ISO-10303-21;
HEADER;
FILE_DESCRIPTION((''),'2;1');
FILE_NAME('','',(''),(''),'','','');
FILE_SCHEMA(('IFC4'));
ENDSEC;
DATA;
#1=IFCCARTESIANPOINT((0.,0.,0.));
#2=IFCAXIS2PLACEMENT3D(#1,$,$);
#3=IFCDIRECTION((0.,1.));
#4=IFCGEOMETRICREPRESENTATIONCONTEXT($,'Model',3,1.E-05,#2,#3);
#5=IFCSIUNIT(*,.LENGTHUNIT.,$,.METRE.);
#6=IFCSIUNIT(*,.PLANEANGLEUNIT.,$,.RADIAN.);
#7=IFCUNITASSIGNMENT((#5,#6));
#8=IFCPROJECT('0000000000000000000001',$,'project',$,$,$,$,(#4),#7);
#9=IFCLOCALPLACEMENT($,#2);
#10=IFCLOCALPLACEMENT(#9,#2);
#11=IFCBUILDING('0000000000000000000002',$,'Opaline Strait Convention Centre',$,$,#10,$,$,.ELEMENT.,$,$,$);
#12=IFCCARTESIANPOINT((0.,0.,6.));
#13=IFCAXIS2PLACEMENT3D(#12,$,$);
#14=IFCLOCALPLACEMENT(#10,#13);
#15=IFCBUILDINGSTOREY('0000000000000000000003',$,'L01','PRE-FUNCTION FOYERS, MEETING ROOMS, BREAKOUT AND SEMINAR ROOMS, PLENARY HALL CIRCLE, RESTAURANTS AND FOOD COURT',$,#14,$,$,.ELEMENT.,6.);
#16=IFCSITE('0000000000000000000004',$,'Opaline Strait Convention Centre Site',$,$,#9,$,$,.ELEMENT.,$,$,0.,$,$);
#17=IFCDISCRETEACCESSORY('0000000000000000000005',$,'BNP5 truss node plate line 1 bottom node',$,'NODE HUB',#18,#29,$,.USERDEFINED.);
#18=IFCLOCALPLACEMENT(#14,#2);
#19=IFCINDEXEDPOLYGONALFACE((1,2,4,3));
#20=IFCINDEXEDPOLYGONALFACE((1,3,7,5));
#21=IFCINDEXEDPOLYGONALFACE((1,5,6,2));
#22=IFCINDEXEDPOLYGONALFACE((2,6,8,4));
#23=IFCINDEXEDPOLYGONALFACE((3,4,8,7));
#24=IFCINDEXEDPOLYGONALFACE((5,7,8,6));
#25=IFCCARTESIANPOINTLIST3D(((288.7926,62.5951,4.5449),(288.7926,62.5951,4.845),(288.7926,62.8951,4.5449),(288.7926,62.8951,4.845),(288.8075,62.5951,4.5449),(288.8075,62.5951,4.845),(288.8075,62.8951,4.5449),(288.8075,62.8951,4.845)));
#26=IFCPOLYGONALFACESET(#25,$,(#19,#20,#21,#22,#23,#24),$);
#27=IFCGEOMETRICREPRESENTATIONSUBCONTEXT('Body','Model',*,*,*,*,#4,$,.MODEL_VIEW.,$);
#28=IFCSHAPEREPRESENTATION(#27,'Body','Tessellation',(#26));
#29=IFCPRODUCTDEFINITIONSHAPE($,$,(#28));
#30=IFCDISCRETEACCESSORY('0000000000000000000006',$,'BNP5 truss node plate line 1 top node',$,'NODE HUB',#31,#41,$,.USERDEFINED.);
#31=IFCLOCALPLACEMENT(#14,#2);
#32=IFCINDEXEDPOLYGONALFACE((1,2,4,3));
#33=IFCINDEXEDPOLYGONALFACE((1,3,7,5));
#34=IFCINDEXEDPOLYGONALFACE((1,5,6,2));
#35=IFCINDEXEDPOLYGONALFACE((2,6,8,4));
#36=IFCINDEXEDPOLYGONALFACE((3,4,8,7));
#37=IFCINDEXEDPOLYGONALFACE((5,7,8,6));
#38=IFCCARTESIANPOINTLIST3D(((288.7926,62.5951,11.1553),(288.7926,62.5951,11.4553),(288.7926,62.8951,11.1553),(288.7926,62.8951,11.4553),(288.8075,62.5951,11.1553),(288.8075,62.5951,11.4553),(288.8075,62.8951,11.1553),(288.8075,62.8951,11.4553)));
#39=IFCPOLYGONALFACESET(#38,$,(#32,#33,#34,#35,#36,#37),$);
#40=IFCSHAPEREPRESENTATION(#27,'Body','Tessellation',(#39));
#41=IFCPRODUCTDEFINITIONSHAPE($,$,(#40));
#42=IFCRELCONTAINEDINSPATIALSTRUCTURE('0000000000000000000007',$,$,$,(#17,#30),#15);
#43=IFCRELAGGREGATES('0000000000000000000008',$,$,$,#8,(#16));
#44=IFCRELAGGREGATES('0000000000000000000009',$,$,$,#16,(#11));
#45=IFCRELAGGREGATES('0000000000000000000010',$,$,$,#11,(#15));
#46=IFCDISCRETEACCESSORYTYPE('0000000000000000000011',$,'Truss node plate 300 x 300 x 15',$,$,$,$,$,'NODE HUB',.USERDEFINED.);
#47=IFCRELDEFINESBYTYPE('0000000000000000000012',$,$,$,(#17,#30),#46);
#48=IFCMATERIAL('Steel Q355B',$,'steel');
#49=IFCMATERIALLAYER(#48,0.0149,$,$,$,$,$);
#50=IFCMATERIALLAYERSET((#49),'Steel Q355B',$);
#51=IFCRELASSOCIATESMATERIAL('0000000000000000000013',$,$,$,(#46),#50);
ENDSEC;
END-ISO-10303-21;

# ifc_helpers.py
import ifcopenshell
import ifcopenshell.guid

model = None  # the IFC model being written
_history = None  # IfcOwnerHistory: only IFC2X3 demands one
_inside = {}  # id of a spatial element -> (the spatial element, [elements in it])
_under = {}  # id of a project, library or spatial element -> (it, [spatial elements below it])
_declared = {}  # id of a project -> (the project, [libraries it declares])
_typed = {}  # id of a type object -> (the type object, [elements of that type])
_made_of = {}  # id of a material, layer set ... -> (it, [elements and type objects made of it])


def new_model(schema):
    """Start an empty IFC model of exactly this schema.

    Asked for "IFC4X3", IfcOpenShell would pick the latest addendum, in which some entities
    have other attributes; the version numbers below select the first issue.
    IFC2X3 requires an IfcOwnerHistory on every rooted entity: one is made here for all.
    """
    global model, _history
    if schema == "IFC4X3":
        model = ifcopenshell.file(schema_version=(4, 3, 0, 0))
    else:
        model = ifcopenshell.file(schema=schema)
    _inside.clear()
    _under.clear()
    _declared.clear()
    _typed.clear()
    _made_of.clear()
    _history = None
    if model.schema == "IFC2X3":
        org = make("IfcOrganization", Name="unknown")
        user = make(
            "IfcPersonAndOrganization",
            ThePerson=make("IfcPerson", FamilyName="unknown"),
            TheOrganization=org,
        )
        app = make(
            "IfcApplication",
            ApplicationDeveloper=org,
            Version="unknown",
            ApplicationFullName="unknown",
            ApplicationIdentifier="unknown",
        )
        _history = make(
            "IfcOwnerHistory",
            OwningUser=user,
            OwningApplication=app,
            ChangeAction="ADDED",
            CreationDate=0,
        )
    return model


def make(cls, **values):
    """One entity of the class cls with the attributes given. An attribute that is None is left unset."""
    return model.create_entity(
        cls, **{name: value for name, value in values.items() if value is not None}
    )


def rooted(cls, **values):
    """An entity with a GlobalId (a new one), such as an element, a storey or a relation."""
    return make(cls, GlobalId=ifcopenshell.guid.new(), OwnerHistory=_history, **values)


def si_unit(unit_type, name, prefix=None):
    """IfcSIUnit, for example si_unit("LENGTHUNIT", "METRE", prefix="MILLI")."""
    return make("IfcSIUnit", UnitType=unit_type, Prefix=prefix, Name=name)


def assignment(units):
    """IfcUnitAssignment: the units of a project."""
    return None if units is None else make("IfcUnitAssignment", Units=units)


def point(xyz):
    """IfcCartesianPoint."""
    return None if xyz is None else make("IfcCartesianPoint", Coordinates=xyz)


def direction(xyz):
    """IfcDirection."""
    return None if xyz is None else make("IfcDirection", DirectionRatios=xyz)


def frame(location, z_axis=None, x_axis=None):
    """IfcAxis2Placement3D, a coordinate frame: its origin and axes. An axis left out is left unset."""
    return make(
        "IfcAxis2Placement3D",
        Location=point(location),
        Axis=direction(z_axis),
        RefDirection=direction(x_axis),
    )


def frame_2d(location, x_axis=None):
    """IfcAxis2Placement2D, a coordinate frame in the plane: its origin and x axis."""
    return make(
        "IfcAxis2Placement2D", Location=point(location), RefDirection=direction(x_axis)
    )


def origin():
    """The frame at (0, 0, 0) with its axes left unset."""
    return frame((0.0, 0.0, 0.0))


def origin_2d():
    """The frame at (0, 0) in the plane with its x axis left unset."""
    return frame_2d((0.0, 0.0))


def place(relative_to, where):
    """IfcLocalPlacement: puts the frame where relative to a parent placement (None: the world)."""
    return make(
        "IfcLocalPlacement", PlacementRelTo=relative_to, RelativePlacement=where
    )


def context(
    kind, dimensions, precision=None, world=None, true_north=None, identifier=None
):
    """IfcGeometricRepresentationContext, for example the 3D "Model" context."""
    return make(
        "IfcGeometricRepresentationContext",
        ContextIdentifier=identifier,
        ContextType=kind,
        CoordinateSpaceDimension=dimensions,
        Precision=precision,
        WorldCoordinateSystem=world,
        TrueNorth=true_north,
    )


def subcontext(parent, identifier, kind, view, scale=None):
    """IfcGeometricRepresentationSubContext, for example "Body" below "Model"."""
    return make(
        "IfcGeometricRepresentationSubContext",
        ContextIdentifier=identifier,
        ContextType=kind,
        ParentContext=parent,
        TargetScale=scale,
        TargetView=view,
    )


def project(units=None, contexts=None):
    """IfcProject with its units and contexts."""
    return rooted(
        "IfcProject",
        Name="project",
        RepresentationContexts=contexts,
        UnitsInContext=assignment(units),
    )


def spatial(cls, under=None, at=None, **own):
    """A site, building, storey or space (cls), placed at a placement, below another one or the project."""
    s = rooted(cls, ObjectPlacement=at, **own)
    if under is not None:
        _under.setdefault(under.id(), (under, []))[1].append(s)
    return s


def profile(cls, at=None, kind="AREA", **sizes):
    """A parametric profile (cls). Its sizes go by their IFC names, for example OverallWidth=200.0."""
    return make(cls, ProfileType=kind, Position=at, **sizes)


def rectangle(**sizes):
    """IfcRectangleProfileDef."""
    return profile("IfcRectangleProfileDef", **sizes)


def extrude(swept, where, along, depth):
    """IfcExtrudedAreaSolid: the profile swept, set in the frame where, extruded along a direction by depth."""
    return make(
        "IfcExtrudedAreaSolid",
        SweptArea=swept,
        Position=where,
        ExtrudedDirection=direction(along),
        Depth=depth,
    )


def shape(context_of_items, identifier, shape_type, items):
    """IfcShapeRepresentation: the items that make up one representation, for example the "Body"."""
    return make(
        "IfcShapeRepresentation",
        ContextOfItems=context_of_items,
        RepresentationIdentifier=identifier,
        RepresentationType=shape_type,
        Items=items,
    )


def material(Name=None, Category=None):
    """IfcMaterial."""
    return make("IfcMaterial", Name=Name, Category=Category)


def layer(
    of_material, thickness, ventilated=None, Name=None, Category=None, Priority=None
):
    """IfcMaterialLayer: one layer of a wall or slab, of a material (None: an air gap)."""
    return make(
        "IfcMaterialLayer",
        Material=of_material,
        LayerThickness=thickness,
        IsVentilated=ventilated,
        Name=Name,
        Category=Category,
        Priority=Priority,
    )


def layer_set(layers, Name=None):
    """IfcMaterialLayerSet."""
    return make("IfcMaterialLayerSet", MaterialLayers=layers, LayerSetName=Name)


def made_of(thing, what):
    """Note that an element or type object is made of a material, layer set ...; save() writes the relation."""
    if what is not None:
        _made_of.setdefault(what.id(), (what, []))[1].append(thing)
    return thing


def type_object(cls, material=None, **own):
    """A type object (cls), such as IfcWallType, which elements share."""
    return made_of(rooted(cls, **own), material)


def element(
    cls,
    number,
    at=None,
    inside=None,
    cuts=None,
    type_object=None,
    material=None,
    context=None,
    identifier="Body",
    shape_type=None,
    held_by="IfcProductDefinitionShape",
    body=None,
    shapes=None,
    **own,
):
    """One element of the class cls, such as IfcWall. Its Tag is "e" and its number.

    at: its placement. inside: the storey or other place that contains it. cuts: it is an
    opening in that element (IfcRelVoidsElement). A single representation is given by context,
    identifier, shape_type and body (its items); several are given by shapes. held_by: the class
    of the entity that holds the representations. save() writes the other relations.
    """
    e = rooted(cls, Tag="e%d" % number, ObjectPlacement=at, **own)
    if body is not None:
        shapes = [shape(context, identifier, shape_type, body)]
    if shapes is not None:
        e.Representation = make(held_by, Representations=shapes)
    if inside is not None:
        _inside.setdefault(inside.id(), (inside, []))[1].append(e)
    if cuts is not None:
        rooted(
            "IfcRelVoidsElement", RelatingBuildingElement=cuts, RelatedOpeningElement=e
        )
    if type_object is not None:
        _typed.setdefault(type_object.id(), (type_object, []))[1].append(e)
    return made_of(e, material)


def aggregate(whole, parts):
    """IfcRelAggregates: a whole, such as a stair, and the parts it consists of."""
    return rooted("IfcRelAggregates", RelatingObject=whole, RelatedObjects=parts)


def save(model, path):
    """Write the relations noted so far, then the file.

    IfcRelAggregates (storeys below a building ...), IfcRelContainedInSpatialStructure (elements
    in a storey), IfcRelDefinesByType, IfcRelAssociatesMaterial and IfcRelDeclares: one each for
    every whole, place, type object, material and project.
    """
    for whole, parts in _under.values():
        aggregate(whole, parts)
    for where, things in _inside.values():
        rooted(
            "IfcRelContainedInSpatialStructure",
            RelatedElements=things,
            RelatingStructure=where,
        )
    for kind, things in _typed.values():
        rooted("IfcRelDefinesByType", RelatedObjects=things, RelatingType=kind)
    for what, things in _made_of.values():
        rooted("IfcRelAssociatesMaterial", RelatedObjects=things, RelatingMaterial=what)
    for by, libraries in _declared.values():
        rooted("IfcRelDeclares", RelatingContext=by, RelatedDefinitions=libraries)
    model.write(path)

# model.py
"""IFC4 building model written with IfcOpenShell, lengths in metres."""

from ifc_helpers import new_model, si_unit, direction, frame, origin, origin_2d, place, context, subcontext, project, spatial, rectangle, extrude, material, layer, layer_set, type_object, element, save


model = new_model("IFC4")

# Units and contexts
model_context = context("Model", 3, precision=1e-05, world=origin(), true_north=direction((0.0, 1.0)))
body_context = subcontext(model_context, "Body", "Model", "MODEL_VIEW")
ifc_project = project(units=[si_unit("LENGTHUNIT", "METRE"), si_unit("PLANEANGLEUNIT", "RADIAN")], contexts=[model_context])

# Site, building, storey
site_placement = place(None, origin())
site = spatial("IfcSite", under=ifc_project, at=site_placement, Name="Opaline Strait Convention Centre Site", CompositionType="ELEMENT", RefElevation=0.0)
building_placement = place(site_placement, origin())
building = spatial("IfcBuilding", under=site, at=building_placement, Name="Opaline Strait Convention Centre", CompositionType="ELEMENT")
storey_placement = place(building_placement, frame((0.0, 0.0, 6.0)))
storey = spatial("IfcBuildingStorey", under=building, at=storey_placement, Name="L01", Description="PRE-FUNCTION FOYERS, MEETING ROOMS, BREAKOUT AND SEMINAR ROOMS, PLENARY HALL CIRCLE, RESTAURANTS AND FOOD COURT", CompositionType="ELEMENT", Elevation=6.0)

# Shared definitions
ifc_material_1 = material(Name="Steel Q355B", Category="steel")

# Discrete accessories
ifc_layer_1 = layer(ifc_material_1, 0.0149)
ifc_layer_set_1 = layer_set([ifc_layer_1], Name="Steel Q355B")
discrete_accessory_type_1 = type_object("IfcDiscreteAccessoryType", Name="Truss node plate 300 x 300 x 15", ElementType="NODE HUB", PredefinedType="USERDEFINED", material=ifc_layer_set_1)
for number, where, z_axis, x_axis, name in (
    (1, (288.8, 62.7451, 4.5449), (0.0, 0.0, 1.0), (1.0, 0.0, 0.0), "BNP5 truss node plate line 1 bottom node"),
    (2, (288.8, 62.7451, 11.1553), (0.0, 0.0, 1.0), (1.0, 0.0, 0.0), "BNP5 truss node plate line 1 top node"),
):
    element("IfcDiscreteAccessory", number, at=place(storey_placement, frame(where, z_axis=z_axis, x_axis=x_axis)), inside=storey, type_object=discrete_accessory_type_1, Name=name, ObjectType="NODE HUB", PredefinedType="USERDEFINED", context=body_context, shape_type="SweptSolid", body=[
        extrude(rectangle(XDim=0.0149, YDim=0.3, at=origin_2d()), origin(), (0.0, 0.0, 1.0), 0.3),
    ])

save(model, "model.ifc")
